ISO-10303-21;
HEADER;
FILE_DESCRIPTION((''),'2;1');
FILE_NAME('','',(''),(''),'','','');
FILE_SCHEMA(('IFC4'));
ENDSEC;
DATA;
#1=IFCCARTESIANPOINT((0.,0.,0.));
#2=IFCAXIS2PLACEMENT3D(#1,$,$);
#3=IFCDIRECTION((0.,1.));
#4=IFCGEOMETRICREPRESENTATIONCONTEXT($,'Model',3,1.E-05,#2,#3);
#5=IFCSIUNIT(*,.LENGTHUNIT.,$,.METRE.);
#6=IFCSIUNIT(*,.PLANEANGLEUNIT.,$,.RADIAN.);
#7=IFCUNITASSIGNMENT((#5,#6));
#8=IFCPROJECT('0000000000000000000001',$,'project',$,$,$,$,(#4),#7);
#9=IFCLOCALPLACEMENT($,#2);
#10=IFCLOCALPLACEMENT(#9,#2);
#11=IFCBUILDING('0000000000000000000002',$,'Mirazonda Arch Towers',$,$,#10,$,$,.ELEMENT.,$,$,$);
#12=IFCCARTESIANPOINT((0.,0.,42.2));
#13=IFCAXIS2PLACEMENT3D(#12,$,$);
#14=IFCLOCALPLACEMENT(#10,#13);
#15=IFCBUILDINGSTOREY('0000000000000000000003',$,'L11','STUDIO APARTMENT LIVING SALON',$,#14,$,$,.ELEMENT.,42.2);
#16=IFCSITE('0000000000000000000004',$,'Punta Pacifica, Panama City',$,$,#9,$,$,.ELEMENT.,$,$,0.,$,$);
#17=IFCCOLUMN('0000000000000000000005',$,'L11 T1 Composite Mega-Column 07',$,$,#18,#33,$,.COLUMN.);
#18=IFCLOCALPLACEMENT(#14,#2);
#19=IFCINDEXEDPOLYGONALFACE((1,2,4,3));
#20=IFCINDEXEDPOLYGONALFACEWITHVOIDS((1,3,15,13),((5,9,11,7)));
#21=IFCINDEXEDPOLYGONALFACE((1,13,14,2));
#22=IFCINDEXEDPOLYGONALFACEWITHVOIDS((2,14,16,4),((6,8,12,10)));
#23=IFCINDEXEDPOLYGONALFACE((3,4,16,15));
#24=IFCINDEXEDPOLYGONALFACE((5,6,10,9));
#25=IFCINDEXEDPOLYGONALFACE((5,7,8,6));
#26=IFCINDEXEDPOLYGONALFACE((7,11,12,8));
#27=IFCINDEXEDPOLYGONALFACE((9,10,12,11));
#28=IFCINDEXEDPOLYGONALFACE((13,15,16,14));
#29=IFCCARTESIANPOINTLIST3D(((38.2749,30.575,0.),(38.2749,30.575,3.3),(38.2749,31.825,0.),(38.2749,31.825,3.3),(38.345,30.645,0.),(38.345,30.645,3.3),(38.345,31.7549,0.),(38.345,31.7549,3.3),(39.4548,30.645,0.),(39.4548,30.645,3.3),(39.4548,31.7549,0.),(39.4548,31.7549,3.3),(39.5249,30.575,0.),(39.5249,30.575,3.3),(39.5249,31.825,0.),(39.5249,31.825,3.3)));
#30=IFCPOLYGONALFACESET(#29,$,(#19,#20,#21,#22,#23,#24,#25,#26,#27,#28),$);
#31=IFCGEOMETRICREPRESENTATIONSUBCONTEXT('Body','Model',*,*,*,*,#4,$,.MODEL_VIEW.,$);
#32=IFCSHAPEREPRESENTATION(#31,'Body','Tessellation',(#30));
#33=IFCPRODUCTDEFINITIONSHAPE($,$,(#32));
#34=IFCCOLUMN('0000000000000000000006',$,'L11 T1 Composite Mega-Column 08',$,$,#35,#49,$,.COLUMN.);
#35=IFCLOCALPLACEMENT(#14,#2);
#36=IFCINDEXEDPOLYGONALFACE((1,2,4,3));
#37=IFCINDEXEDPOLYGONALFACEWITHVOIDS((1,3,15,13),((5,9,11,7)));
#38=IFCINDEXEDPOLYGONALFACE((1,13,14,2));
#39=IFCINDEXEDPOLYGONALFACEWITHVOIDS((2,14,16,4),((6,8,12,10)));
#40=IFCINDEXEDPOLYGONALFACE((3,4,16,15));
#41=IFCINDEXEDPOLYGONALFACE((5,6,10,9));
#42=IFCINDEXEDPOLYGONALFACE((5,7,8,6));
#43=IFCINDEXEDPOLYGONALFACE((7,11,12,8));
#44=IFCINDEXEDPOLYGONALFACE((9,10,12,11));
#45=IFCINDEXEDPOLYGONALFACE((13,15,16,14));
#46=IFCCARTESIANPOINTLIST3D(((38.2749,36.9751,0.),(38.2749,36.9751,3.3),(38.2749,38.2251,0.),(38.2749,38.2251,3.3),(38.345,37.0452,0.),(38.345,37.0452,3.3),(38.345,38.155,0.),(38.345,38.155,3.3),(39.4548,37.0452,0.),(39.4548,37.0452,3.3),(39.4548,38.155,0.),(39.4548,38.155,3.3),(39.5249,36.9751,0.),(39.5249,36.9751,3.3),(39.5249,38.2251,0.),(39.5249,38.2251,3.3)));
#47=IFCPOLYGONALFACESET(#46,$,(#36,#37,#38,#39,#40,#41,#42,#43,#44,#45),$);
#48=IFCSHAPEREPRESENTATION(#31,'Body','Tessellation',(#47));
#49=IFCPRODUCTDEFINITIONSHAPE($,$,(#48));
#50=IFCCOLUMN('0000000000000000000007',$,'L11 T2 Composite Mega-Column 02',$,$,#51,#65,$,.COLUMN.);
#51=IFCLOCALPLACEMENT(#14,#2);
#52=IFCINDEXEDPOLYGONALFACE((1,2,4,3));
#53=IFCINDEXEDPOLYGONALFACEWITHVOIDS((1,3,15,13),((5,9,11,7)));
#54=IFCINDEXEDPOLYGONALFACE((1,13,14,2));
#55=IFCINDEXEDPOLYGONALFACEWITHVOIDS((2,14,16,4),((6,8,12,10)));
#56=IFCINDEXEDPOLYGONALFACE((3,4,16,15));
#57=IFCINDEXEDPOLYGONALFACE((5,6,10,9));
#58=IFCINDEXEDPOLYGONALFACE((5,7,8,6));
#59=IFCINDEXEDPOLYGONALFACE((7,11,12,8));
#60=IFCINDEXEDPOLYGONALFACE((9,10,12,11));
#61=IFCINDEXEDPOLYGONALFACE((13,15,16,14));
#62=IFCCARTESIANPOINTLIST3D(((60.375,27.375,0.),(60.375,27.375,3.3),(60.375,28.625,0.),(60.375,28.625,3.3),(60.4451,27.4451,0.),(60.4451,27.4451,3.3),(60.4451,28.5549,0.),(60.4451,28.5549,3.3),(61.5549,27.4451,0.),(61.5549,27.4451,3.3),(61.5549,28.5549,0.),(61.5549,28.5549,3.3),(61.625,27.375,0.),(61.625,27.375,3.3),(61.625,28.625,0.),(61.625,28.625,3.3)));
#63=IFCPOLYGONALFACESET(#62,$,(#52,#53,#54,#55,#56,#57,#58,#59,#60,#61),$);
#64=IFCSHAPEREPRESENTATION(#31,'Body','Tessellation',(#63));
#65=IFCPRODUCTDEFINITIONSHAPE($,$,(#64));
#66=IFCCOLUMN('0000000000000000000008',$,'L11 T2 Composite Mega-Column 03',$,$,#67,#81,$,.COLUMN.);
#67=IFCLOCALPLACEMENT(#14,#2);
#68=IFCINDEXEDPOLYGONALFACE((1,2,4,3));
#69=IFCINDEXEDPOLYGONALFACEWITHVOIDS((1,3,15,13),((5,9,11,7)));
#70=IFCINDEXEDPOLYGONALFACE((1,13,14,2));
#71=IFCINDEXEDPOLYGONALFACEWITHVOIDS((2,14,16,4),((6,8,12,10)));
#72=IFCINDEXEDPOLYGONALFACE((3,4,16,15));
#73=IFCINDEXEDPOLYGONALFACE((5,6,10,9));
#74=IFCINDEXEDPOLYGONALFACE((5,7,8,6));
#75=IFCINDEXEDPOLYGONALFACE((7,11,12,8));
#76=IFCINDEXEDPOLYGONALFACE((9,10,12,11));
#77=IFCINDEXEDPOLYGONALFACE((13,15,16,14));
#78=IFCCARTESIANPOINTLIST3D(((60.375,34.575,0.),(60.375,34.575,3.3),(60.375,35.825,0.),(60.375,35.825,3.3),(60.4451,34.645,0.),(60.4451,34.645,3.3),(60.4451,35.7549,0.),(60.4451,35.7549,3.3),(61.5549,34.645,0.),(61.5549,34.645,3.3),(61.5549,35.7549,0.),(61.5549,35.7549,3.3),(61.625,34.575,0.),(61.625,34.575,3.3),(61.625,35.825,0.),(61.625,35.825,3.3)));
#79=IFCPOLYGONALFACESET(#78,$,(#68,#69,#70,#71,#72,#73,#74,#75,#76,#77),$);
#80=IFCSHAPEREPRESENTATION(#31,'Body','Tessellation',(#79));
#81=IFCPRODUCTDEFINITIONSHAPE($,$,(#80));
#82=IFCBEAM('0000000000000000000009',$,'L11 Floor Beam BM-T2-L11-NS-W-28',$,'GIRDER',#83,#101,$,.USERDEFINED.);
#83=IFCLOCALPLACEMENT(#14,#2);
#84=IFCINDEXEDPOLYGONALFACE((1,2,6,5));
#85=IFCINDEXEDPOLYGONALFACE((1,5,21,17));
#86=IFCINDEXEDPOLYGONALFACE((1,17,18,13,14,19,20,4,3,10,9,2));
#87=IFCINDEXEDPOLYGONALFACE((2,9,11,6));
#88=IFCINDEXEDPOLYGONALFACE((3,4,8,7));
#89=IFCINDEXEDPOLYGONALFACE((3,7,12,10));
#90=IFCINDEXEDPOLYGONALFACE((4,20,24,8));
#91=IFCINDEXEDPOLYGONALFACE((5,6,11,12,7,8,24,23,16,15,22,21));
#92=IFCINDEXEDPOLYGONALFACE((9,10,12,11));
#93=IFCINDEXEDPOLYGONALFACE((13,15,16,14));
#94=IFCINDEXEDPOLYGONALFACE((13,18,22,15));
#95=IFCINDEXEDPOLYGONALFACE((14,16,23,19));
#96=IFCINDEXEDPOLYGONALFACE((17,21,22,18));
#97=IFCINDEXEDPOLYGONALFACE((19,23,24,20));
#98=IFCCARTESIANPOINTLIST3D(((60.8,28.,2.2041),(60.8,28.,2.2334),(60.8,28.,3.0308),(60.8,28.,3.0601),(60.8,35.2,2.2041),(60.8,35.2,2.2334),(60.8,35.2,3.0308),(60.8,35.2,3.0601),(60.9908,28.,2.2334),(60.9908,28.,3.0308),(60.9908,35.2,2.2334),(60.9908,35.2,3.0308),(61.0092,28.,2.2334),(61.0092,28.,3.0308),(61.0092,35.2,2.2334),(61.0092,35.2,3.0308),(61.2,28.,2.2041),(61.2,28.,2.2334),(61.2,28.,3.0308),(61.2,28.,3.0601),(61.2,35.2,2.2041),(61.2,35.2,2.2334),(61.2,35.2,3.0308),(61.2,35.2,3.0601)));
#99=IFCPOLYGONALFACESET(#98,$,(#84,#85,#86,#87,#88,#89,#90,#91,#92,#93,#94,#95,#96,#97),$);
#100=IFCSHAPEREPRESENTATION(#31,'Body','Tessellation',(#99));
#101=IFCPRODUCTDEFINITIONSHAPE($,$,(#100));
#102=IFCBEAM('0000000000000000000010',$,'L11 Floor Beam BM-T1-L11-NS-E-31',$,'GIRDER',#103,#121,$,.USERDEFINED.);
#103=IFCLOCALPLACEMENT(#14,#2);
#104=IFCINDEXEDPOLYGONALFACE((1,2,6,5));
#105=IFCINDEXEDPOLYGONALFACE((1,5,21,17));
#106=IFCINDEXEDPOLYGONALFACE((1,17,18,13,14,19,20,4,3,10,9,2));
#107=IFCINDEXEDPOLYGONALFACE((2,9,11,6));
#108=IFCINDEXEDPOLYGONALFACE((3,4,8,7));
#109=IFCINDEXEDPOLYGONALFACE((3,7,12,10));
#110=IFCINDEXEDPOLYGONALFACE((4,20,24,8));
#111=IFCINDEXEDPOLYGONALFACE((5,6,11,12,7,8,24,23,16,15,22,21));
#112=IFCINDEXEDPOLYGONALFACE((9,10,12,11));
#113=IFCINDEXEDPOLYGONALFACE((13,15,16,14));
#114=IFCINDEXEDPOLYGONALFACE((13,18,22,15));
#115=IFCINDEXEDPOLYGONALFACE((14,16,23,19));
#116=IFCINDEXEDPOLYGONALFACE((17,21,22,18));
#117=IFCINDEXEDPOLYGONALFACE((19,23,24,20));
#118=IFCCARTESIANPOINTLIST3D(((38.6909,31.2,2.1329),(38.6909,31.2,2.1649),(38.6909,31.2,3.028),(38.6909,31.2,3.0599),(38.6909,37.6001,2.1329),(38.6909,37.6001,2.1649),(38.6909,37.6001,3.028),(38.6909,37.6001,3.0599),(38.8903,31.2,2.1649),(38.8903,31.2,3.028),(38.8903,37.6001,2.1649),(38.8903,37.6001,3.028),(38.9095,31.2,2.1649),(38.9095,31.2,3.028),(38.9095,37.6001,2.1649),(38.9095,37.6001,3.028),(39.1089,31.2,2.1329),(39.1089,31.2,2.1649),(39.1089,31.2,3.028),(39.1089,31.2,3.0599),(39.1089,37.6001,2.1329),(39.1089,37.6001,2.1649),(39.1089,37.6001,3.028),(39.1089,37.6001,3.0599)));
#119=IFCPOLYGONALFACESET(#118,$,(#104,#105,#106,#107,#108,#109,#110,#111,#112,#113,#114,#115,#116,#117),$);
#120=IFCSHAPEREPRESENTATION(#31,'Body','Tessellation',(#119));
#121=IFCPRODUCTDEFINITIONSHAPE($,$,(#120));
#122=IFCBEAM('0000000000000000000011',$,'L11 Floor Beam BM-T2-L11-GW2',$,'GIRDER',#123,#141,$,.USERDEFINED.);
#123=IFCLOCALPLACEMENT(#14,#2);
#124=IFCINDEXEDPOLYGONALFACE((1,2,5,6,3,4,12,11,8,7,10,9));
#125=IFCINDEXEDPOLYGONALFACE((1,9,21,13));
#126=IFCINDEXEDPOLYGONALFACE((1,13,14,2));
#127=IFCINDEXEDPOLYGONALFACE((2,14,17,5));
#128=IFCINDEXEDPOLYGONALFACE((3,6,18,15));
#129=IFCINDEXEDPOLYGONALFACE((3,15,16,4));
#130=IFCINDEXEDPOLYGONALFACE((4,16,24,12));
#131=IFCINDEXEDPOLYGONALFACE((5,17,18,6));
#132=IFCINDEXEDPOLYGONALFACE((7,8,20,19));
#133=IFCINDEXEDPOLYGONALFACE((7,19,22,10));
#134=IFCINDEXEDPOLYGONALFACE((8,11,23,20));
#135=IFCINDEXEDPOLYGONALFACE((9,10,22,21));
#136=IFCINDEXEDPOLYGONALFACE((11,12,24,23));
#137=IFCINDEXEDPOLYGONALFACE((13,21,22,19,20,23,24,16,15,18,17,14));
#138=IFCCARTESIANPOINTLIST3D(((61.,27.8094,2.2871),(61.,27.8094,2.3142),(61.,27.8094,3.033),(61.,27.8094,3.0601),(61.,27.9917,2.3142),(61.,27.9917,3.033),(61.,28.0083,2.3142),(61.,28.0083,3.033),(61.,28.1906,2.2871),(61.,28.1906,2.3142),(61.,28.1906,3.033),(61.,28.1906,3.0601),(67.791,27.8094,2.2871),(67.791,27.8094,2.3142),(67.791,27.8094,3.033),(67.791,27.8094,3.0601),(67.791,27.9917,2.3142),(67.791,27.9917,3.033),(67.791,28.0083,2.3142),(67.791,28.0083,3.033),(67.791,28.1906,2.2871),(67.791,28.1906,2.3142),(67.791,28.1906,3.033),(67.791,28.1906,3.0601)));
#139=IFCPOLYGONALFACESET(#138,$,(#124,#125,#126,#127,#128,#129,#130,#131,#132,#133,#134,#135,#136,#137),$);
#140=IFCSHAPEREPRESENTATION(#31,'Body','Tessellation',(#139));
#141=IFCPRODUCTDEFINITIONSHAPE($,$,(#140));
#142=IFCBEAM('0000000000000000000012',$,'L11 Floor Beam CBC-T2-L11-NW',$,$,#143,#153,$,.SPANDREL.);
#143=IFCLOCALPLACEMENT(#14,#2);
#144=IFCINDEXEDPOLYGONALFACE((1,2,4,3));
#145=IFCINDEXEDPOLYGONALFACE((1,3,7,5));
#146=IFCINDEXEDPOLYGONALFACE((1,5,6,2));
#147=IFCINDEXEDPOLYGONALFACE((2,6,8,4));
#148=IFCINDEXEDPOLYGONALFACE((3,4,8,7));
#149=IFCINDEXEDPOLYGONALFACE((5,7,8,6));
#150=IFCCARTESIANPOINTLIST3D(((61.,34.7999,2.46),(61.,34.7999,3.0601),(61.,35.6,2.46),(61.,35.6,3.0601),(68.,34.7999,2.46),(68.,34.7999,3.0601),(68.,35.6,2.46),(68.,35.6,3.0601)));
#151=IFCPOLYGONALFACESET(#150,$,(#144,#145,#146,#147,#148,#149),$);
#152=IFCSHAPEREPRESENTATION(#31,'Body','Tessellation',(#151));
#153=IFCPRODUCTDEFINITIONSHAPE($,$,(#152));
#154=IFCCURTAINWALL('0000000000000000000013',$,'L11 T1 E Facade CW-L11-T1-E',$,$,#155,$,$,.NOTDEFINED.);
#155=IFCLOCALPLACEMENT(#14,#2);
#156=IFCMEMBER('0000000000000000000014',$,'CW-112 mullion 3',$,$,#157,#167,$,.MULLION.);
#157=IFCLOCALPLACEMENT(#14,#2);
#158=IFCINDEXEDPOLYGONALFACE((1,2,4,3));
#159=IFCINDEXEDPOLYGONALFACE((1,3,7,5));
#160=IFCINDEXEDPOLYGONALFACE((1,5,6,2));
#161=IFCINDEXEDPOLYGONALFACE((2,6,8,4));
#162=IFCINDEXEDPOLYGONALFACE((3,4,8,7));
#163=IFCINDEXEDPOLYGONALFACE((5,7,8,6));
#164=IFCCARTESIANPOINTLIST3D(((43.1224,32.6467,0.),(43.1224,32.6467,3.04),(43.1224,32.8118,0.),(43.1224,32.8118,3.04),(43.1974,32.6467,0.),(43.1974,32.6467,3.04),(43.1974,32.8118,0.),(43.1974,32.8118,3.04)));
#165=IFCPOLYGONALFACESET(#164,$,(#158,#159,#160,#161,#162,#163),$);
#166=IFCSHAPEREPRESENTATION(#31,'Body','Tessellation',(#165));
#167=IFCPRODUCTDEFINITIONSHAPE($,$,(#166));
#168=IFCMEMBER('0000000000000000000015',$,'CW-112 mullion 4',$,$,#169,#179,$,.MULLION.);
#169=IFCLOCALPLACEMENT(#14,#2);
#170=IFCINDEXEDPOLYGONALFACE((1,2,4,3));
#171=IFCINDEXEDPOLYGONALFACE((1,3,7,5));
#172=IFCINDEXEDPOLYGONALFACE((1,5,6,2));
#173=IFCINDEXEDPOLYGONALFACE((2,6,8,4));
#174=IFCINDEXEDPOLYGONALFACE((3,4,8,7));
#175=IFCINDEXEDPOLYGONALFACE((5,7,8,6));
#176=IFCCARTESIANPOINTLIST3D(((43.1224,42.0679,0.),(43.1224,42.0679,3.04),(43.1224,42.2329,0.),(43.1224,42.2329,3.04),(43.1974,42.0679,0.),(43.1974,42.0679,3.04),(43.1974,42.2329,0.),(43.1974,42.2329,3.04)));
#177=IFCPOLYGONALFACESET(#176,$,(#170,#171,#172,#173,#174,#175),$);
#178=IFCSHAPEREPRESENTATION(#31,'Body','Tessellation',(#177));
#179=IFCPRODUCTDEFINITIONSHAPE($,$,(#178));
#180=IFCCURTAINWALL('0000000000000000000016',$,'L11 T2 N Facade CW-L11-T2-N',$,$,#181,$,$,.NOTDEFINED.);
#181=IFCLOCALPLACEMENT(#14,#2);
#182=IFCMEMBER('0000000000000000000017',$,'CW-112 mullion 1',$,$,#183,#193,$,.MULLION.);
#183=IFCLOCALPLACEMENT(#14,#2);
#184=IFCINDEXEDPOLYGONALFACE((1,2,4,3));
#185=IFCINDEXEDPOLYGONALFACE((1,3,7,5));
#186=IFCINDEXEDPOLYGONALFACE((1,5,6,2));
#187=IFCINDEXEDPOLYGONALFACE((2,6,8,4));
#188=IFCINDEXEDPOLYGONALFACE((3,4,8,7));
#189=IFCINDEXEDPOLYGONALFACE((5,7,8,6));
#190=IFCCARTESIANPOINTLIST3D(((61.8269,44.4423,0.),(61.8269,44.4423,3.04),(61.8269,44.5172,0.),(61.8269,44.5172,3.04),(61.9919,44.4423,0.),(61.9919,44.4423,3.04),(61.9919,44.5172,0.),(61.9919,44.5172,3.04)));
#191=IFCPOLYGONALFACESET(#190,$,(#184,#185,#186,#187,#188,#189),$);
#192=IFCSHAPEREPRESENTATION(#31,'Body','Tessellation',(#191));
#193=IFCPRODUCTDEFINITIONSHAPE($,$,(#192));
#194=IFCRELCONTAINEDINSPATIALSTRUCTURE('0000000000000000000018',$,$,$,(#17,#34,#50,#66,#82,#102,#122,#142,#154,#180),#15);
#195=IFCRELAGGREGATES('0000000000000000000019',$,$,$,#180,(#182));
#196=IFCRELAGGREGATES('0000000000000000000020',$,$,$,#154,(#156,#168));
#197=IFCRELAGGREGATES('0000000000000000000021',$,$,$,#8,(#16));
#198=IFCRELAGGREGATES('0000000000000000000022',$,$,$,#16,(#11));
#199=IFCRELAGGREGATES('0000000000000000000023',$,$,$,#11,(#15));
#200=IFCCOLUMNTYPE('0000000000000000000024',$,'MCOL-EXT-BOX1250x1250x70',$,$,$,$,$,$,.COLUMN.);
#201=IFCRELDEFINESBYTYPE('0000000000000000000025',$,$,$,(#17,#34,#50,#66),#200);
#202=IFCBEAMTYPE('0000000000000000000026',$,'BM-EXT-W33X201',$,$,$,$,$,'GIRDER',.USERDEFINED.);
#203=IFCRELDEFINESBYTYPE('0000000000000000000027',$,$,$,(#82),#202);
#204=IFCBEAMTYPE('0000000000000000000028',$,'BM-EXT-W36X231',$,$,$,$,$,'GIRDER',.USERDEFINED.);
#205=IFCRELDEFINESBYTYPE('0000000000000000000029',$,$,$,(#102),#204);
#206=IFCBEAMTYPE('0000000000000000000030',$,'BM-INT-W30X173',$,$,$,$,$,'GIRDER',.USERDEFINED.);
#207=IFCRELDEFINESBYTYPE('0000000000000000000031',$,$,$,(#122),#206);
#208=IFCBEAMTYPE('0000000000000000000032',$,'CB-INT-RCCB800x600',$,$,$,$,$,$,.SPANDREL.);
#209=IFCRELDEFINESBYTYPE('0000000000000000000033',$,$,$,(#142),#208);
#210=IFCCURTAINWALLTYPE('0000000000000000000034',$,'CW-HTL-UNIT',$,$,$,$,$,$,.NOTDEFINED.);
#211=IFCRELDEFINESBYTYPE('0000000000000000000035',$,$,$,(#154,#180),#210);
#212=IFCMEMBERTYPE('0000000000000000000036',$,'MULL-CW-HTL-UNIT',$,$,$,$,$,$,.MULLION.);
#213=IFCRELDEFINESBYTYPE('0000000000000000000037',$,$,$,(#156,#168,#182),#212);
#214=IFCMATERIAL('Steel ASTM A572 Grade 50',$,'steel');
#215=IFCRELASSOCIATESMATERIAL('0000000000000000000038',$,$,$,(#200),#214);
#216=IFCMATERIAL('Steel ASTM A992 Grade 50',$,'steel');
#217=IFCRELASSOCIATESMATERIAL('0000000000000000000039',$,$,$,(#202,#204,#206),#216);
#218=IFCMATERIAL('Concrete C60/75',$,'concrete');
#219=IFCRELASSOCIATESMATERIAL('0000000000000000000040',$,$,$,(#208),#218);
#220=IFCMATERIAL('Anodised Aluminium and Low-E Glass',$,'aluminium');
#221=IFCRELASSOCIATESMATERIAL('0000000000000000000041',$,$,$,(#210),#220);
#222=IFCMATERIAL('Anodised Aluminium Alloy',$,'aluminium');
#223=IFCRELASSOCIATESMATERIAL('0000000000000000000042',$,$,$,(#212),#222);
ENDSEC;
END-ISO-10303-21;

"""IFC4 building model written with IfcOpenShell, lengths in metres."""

from ifc_helpers import new_model, si_unit, direction, frame, origin, origin_2d, place, context, subcontext, project, spatial, rectangle, hollow_rectangle, i_section, extrude, material, material_profile, profile_set, type_object, element, aggregate, save


model = new_model("IFC4")

# Units and contexts
model_context = context("Model", 3, precision=1e-05, world=origin(), true_north=direction((0.0, 1.0)))
body_context = subcontext(model_context, "Body", "Model", "MODEL_VIEW")
ifc_project = project(units=[si_unit("LENGTHUNIT", "METRE"), si_unit("PLANEANGLEUNIT", "RADIAN")], contexts=[model_context])

# Site, building, storey
site_placement = place(None, origin())
site = spatial("IfcSite", under=ifc_project, at=site_placement, Name="Punta Pacifica, Panama City", CompositionType="ELEMENT", RefElevation=0.0)
building_placement = place(site_placement, origin())
building = spatial("IfcBuilding", under=site, at=building_placement, Name="Mirazonda Arch Towers", CompositionType="ELEMENT")
storey_placement = place(building_placement, frame((0.0, 0.0, 42.2)))
storey = spatial("IfcBuildingStorey", under=building, at=storey_placement, Name="L11", Description="STUDIO APARTMENT LIVING SALON", CompositionType="ELEMENT", Elevation=42.2)

# Columns
ifc_material_1 = material(Name="Steel ASTM A572 Grade 50", Category="steel")
ifc_material_profile_1 = material_profile(ifc_material_1, hollow_rectangle(XDim=1.25, YDim=1.25, WallThickness=0.0701, at=origin_2d()), Name="BOX1250x1250x70")
ifc_profile_set_1 = profile_set([ifc_material_profile_1], Name="Steel ASTM A572 Grade 50")
column_type = type_object("IfcColumnType", Name="MCOL-EXT-BOX1250x1250x70", PredefinedType="COLUMN", material=ifc_profile_set_1)
for number, where, z_axis, x_axis, name in (
    (1, (38.8999, 31.2, 0.0), (0.0, 0.0, 1.0), (1.0, 0.0, 0.0), "L11 T1 Composite Mega-Column 07"),
    (2, (38.8999, 37.6001, 0.0), (0.0, 0.0, 1.0), (1.0, 0.0, 0.0), "L11 T1 Composite Mega-Column 08"),
    (3, (61.0, 28.0, 0.0), (0.0, 0.0, 1.0), (1.0, 0.0, 0.0), "L11 T2 Composite Mega-Column 02"),
    (4, (61.0, 35.2, 0.0), (0.0, 0.0, 1.0), (1.0, 0.0, 0.0), "L11 T2 Composite Mega-Column 03"),
):
    element("IfcColumn", number, at=place(storey_placement, frame(where, z_axis=z_axis, x_axis=x_axis)), inside=storey, type_object=column_type, Name=name, PredefinedType="COLUMN", context=body_context, shape_type="SweptSolid", body=[
        extrude(hollow_rectangle(XDim=1.25, YDim=1.25, WallThickness=0.0701, at=origin_2d()), origin(), (0.0, 0.0, 1.0), 3.3),
    ])

# Beams
ifc_material_2 = material(Name="Steel ASTM A992 Grade 50", Category="steel")
ifc_material_profile_2 = material_profile(ifc_material_2, i_section(OverallWidth=0.3999, OverallDepth=0.856, WebThickness=0.0183, FlangeThickness=0.0293, at=origin_2d()), Name="W33X201")
ifc_profile_set_2 = profile_set([ifc_material_profile_2], Name="Steel ASTM A992 Grade 50")
beam_type_1 = type_object("IfcBeamType", Name="BM-EXT-W33X201", ElementType="GIRDER", PredefinedType="USERDEFINED", material=ifc_profile_set_2)
beam_1_placement = place(storey_placement, frame((61.0, 28.0, 2.6321), z_axis=(0.0, 1.0, 0.0), x_axis=(-1.0, 0.0, 0.0)))
element("IfcBeam", 5, at=beam_1_placement, inside=storey, type_object=beam_type_1, Name="L11 Floor Beam BM-T2-L11-NS-W-28", ObjectType="GIRDER", PredefinedType="USERDEFINED", context=body_context, shape_type="SweptSolid", body=[
    extrude(i_section(OverallWidth=0.3999, OverallDepth=0.856, WebThickness=0.0183, FlangeThickness=0.0293, at=origin_2d()), origin(), (0.0, 0.0, 1.0), 7.2),
])
ifc_material_profile_3 = material_profile(ifc_material_2, i_section(OverallWidth=0.418, OverallDepth=0.927, WebThickness=0.0193, FlangeThickness=0.032, at=origin_2d()), Name="W36X231")
ifc_profile_set_3 = profile_set([ifc_material_profile_3], Name="Steel ASTM A992 Grade 50")
beam_type_2 = type_object("IfcBeamType", Name="BM-EXT-W36X231", ElementType="GIRDER", PredefinedType="USERDEFINED", material=ifc_profile_set_3)
beam_2_placement = place(storey_placement, frame((38.8999, 31.2, 2.5964), z_axis=(0.0, 1.0, 0.0), x_axis=(-1.0, 0.0, 0.0)))
element("IfcBeam", 6, at=beam_2_placement, inside=storey, type_object=beam_type_2, Name="L11 Floor Beam BM-T1-L11-NS-E-31", ObjectType="GIRDER", PredefinedType="USERDEFINED", context=body_context, shape_type="SweptSolid", body=[
    extrude(i_section(OverallWidth=0.418, OverallDepth=0.927, WebThickness=0.0193, FlangeThickness=0.032, at=origin_2d()), origin(), (0.0, 0.0, 1.0), 6.4001),
])
ifc_material_profile_4 = material_profile(ifc_material_2, i_section(OverallWidth=0.3811, OverallDepth=0.7729, WebThickness=0.0166, FlangeThickness=0.0271, at=origin_2d()), Name="W30X173")
ifc_profile_set_4 = profile_set([ifc_material_profile_4], Name="Steel ASTM A992 Grade 50")
beam_type_3 = type_object("IfcBeamType", Name="BM-INT-W30X173", ElementType="GIRDER", PredefinedType="USERDEFINED", material=ifc_profile_set_4)
beam_3_placement = place(storey_placement, frame((61.0, 28.0, 2.6736), z_axis=(1.0, 0.0, 0.0), x_axis=(0.0, 1.0, 0.0)))
element("IfcBeam", 7, at=beam_3_placement, inside=storey, type_object=beam_type_3, Name="L11 Floor Beam BM-T2-L11-GW2", ObjectType="GIRDER", PredefinedType="USERDEFINED", context=body_context, shape_type="SweptSolid", body=[
    extrude(i_section(OverallWidth=0.3811, OverallDepth=0.7729, WebThickness=0.0166, FlangeThickness=0.0271, at=origin_2d()), origin(), (0.0, 0.0, 1.0), 6.791),
])
ifc_material_3 = material(Name="Concrete C60/75", Category="concrete")
ifc_material_profile_5 = material_profile(ifc_material_3, rectangle(XDim=0.8, YDim=0.6001, at=origin_2d()), Name="RCCB800x600")
ifc_profile_set_5 = profile_set([ifc_material_profile_5], Name="Concrete C60/75")
beam_type_4 = type_object("IfcBeamType", Name="CB-INT-RCCB800x600", PredefinedType="SPANDREL", material=ifc_profile_set_5)
beam_4_placement = place(storey_placement, frame((61.0, 35.2, 2.76), z_axis=(1.0, 0.0, 0.0), x_axis=(0.0, 1.0, 0.0)))
element("IfcBeam", 8, at=beam_4_placement, inside=storey, type_object=beam_type_4, Name="L11 Floor Beam CBC-T2-L11-NW", PredefinedType="SPANDREL", context=body_context, shape_type="SweptSolid", body=[
    extrude(rectangle(XDim=0.8, YDim=0.6001, at=origin_2d()), origin(), (0.0, 0.0, 1.0), 7.0),
])

# Curtain wall, members
ifc_material_4 = material(Name="Anodised Aluminium and Low-E Glass", Category="aluminium")
curtain_wall_type = type_object("IfcCurtainWallType", Name="CW-HTL-UNIT", PredefinedType="NOTDEFINED", material=ifc_material_4)
curtain_wall_1_placement = place(storey_placement, origin())
curtain_wall_1 = element("IfcCurtainWall", 9, at=curtain_wall_1_placement, inside=storey, type_object=curtain_wall_type, Name="L11 T1 E Facade CW-L11-T1-E", PredefinedType="NOTDEFINED")
ifc_material_5 = material(Name="Anodised Aluminium Alloy", Category="aluminium")
ifc_material_profile_6 = material_profile(ifc_material_5, rectangle(XDim=0.075, YDim=0.165, at=origin_2d()), Name="ALU-MULL-75x165")
ifc_profile_set_6 = profile_set([ifc_material_profile_6], Name="Anodised Aluminium Alloy")
member_type_1 = type_object("IfcMemberType", Name="MULL-CW-HTL-UNIT", PredefinedType="MULLION", material=ifc_profile_set_6)
member_1_placement = place(storey_placement, frame((43.1599, 32.7292, 0.0), z_axis=(0.0, 0.0, 1.0), x_axis=(-1.0, 0.0, 0.0)))
member_1 = element("IfcMember", 10, at=member_1_placement, type_object=member_type_1, Name="CW-112 mullion 3", PredefinedType="MULLION", context=body_context, shape_type="SweptSolid", body=[
    extrude(rectangle(XDim=0.075, YDim=0.165, at=origin_2d()), origin(), (0.0, 0.0, 1.0), 3.04),
])
member_2_placement = place(storey_placement, frame((43.1599, 42.1504, 0.0), z_axis=(0.0, 0.0, 1.0), x_axis=(-1.0, 0.0, 0.0)))
member_2 = element("IfcMember", 11, at=member_2_placement, type_object=member_type_1, Name="CW-112 mullion 4", PredefinedType="MULLION", context=body_context, shape_type="SweptSolid", body=[
    extrude(rectangle(XDim=0.075, YDim=0.165, at=origin_2d()), origin(), (0.0, 0.0, 1.0), 3.04),
])

# Curtain wall, member
curtain_wall_2_placement = place(storey_placement, origin())
curtain_wall_2 = element("IfcCurtainWall", 12, at=curtain_wall_2_placement, inside=storey, type_object=curtain_wall_type, Name="L11 T2 N Facade CW-L11-T2-N", PredefinedType="NOTDEFINED")
member_3_placement = place(storey_placement, frame((61.9094, 44.4797, 0.0), z_axis=(0.0, 0.0, 1.0), x_axis=(0.0, 1.0, 0.0)))
member_3 = element("IfcMember", 13, at=member_3_placement, type_object=member_type_1, Name="CW-112 mullion 1", PredefinedType="MULLION", context=body_context, shape_type="SweptSolid", body=[
    extrude(rectangle(XDim=0.075, YDim=0.165, at=origin_2d()), origin(), (0.0, 0.0, 1.0), 3.04),
])

aggregate(curtain_wall_2, [member_3])

aggregate(curtain_wall_1, [member_1, member_2])

save(model, "model.ifc")
